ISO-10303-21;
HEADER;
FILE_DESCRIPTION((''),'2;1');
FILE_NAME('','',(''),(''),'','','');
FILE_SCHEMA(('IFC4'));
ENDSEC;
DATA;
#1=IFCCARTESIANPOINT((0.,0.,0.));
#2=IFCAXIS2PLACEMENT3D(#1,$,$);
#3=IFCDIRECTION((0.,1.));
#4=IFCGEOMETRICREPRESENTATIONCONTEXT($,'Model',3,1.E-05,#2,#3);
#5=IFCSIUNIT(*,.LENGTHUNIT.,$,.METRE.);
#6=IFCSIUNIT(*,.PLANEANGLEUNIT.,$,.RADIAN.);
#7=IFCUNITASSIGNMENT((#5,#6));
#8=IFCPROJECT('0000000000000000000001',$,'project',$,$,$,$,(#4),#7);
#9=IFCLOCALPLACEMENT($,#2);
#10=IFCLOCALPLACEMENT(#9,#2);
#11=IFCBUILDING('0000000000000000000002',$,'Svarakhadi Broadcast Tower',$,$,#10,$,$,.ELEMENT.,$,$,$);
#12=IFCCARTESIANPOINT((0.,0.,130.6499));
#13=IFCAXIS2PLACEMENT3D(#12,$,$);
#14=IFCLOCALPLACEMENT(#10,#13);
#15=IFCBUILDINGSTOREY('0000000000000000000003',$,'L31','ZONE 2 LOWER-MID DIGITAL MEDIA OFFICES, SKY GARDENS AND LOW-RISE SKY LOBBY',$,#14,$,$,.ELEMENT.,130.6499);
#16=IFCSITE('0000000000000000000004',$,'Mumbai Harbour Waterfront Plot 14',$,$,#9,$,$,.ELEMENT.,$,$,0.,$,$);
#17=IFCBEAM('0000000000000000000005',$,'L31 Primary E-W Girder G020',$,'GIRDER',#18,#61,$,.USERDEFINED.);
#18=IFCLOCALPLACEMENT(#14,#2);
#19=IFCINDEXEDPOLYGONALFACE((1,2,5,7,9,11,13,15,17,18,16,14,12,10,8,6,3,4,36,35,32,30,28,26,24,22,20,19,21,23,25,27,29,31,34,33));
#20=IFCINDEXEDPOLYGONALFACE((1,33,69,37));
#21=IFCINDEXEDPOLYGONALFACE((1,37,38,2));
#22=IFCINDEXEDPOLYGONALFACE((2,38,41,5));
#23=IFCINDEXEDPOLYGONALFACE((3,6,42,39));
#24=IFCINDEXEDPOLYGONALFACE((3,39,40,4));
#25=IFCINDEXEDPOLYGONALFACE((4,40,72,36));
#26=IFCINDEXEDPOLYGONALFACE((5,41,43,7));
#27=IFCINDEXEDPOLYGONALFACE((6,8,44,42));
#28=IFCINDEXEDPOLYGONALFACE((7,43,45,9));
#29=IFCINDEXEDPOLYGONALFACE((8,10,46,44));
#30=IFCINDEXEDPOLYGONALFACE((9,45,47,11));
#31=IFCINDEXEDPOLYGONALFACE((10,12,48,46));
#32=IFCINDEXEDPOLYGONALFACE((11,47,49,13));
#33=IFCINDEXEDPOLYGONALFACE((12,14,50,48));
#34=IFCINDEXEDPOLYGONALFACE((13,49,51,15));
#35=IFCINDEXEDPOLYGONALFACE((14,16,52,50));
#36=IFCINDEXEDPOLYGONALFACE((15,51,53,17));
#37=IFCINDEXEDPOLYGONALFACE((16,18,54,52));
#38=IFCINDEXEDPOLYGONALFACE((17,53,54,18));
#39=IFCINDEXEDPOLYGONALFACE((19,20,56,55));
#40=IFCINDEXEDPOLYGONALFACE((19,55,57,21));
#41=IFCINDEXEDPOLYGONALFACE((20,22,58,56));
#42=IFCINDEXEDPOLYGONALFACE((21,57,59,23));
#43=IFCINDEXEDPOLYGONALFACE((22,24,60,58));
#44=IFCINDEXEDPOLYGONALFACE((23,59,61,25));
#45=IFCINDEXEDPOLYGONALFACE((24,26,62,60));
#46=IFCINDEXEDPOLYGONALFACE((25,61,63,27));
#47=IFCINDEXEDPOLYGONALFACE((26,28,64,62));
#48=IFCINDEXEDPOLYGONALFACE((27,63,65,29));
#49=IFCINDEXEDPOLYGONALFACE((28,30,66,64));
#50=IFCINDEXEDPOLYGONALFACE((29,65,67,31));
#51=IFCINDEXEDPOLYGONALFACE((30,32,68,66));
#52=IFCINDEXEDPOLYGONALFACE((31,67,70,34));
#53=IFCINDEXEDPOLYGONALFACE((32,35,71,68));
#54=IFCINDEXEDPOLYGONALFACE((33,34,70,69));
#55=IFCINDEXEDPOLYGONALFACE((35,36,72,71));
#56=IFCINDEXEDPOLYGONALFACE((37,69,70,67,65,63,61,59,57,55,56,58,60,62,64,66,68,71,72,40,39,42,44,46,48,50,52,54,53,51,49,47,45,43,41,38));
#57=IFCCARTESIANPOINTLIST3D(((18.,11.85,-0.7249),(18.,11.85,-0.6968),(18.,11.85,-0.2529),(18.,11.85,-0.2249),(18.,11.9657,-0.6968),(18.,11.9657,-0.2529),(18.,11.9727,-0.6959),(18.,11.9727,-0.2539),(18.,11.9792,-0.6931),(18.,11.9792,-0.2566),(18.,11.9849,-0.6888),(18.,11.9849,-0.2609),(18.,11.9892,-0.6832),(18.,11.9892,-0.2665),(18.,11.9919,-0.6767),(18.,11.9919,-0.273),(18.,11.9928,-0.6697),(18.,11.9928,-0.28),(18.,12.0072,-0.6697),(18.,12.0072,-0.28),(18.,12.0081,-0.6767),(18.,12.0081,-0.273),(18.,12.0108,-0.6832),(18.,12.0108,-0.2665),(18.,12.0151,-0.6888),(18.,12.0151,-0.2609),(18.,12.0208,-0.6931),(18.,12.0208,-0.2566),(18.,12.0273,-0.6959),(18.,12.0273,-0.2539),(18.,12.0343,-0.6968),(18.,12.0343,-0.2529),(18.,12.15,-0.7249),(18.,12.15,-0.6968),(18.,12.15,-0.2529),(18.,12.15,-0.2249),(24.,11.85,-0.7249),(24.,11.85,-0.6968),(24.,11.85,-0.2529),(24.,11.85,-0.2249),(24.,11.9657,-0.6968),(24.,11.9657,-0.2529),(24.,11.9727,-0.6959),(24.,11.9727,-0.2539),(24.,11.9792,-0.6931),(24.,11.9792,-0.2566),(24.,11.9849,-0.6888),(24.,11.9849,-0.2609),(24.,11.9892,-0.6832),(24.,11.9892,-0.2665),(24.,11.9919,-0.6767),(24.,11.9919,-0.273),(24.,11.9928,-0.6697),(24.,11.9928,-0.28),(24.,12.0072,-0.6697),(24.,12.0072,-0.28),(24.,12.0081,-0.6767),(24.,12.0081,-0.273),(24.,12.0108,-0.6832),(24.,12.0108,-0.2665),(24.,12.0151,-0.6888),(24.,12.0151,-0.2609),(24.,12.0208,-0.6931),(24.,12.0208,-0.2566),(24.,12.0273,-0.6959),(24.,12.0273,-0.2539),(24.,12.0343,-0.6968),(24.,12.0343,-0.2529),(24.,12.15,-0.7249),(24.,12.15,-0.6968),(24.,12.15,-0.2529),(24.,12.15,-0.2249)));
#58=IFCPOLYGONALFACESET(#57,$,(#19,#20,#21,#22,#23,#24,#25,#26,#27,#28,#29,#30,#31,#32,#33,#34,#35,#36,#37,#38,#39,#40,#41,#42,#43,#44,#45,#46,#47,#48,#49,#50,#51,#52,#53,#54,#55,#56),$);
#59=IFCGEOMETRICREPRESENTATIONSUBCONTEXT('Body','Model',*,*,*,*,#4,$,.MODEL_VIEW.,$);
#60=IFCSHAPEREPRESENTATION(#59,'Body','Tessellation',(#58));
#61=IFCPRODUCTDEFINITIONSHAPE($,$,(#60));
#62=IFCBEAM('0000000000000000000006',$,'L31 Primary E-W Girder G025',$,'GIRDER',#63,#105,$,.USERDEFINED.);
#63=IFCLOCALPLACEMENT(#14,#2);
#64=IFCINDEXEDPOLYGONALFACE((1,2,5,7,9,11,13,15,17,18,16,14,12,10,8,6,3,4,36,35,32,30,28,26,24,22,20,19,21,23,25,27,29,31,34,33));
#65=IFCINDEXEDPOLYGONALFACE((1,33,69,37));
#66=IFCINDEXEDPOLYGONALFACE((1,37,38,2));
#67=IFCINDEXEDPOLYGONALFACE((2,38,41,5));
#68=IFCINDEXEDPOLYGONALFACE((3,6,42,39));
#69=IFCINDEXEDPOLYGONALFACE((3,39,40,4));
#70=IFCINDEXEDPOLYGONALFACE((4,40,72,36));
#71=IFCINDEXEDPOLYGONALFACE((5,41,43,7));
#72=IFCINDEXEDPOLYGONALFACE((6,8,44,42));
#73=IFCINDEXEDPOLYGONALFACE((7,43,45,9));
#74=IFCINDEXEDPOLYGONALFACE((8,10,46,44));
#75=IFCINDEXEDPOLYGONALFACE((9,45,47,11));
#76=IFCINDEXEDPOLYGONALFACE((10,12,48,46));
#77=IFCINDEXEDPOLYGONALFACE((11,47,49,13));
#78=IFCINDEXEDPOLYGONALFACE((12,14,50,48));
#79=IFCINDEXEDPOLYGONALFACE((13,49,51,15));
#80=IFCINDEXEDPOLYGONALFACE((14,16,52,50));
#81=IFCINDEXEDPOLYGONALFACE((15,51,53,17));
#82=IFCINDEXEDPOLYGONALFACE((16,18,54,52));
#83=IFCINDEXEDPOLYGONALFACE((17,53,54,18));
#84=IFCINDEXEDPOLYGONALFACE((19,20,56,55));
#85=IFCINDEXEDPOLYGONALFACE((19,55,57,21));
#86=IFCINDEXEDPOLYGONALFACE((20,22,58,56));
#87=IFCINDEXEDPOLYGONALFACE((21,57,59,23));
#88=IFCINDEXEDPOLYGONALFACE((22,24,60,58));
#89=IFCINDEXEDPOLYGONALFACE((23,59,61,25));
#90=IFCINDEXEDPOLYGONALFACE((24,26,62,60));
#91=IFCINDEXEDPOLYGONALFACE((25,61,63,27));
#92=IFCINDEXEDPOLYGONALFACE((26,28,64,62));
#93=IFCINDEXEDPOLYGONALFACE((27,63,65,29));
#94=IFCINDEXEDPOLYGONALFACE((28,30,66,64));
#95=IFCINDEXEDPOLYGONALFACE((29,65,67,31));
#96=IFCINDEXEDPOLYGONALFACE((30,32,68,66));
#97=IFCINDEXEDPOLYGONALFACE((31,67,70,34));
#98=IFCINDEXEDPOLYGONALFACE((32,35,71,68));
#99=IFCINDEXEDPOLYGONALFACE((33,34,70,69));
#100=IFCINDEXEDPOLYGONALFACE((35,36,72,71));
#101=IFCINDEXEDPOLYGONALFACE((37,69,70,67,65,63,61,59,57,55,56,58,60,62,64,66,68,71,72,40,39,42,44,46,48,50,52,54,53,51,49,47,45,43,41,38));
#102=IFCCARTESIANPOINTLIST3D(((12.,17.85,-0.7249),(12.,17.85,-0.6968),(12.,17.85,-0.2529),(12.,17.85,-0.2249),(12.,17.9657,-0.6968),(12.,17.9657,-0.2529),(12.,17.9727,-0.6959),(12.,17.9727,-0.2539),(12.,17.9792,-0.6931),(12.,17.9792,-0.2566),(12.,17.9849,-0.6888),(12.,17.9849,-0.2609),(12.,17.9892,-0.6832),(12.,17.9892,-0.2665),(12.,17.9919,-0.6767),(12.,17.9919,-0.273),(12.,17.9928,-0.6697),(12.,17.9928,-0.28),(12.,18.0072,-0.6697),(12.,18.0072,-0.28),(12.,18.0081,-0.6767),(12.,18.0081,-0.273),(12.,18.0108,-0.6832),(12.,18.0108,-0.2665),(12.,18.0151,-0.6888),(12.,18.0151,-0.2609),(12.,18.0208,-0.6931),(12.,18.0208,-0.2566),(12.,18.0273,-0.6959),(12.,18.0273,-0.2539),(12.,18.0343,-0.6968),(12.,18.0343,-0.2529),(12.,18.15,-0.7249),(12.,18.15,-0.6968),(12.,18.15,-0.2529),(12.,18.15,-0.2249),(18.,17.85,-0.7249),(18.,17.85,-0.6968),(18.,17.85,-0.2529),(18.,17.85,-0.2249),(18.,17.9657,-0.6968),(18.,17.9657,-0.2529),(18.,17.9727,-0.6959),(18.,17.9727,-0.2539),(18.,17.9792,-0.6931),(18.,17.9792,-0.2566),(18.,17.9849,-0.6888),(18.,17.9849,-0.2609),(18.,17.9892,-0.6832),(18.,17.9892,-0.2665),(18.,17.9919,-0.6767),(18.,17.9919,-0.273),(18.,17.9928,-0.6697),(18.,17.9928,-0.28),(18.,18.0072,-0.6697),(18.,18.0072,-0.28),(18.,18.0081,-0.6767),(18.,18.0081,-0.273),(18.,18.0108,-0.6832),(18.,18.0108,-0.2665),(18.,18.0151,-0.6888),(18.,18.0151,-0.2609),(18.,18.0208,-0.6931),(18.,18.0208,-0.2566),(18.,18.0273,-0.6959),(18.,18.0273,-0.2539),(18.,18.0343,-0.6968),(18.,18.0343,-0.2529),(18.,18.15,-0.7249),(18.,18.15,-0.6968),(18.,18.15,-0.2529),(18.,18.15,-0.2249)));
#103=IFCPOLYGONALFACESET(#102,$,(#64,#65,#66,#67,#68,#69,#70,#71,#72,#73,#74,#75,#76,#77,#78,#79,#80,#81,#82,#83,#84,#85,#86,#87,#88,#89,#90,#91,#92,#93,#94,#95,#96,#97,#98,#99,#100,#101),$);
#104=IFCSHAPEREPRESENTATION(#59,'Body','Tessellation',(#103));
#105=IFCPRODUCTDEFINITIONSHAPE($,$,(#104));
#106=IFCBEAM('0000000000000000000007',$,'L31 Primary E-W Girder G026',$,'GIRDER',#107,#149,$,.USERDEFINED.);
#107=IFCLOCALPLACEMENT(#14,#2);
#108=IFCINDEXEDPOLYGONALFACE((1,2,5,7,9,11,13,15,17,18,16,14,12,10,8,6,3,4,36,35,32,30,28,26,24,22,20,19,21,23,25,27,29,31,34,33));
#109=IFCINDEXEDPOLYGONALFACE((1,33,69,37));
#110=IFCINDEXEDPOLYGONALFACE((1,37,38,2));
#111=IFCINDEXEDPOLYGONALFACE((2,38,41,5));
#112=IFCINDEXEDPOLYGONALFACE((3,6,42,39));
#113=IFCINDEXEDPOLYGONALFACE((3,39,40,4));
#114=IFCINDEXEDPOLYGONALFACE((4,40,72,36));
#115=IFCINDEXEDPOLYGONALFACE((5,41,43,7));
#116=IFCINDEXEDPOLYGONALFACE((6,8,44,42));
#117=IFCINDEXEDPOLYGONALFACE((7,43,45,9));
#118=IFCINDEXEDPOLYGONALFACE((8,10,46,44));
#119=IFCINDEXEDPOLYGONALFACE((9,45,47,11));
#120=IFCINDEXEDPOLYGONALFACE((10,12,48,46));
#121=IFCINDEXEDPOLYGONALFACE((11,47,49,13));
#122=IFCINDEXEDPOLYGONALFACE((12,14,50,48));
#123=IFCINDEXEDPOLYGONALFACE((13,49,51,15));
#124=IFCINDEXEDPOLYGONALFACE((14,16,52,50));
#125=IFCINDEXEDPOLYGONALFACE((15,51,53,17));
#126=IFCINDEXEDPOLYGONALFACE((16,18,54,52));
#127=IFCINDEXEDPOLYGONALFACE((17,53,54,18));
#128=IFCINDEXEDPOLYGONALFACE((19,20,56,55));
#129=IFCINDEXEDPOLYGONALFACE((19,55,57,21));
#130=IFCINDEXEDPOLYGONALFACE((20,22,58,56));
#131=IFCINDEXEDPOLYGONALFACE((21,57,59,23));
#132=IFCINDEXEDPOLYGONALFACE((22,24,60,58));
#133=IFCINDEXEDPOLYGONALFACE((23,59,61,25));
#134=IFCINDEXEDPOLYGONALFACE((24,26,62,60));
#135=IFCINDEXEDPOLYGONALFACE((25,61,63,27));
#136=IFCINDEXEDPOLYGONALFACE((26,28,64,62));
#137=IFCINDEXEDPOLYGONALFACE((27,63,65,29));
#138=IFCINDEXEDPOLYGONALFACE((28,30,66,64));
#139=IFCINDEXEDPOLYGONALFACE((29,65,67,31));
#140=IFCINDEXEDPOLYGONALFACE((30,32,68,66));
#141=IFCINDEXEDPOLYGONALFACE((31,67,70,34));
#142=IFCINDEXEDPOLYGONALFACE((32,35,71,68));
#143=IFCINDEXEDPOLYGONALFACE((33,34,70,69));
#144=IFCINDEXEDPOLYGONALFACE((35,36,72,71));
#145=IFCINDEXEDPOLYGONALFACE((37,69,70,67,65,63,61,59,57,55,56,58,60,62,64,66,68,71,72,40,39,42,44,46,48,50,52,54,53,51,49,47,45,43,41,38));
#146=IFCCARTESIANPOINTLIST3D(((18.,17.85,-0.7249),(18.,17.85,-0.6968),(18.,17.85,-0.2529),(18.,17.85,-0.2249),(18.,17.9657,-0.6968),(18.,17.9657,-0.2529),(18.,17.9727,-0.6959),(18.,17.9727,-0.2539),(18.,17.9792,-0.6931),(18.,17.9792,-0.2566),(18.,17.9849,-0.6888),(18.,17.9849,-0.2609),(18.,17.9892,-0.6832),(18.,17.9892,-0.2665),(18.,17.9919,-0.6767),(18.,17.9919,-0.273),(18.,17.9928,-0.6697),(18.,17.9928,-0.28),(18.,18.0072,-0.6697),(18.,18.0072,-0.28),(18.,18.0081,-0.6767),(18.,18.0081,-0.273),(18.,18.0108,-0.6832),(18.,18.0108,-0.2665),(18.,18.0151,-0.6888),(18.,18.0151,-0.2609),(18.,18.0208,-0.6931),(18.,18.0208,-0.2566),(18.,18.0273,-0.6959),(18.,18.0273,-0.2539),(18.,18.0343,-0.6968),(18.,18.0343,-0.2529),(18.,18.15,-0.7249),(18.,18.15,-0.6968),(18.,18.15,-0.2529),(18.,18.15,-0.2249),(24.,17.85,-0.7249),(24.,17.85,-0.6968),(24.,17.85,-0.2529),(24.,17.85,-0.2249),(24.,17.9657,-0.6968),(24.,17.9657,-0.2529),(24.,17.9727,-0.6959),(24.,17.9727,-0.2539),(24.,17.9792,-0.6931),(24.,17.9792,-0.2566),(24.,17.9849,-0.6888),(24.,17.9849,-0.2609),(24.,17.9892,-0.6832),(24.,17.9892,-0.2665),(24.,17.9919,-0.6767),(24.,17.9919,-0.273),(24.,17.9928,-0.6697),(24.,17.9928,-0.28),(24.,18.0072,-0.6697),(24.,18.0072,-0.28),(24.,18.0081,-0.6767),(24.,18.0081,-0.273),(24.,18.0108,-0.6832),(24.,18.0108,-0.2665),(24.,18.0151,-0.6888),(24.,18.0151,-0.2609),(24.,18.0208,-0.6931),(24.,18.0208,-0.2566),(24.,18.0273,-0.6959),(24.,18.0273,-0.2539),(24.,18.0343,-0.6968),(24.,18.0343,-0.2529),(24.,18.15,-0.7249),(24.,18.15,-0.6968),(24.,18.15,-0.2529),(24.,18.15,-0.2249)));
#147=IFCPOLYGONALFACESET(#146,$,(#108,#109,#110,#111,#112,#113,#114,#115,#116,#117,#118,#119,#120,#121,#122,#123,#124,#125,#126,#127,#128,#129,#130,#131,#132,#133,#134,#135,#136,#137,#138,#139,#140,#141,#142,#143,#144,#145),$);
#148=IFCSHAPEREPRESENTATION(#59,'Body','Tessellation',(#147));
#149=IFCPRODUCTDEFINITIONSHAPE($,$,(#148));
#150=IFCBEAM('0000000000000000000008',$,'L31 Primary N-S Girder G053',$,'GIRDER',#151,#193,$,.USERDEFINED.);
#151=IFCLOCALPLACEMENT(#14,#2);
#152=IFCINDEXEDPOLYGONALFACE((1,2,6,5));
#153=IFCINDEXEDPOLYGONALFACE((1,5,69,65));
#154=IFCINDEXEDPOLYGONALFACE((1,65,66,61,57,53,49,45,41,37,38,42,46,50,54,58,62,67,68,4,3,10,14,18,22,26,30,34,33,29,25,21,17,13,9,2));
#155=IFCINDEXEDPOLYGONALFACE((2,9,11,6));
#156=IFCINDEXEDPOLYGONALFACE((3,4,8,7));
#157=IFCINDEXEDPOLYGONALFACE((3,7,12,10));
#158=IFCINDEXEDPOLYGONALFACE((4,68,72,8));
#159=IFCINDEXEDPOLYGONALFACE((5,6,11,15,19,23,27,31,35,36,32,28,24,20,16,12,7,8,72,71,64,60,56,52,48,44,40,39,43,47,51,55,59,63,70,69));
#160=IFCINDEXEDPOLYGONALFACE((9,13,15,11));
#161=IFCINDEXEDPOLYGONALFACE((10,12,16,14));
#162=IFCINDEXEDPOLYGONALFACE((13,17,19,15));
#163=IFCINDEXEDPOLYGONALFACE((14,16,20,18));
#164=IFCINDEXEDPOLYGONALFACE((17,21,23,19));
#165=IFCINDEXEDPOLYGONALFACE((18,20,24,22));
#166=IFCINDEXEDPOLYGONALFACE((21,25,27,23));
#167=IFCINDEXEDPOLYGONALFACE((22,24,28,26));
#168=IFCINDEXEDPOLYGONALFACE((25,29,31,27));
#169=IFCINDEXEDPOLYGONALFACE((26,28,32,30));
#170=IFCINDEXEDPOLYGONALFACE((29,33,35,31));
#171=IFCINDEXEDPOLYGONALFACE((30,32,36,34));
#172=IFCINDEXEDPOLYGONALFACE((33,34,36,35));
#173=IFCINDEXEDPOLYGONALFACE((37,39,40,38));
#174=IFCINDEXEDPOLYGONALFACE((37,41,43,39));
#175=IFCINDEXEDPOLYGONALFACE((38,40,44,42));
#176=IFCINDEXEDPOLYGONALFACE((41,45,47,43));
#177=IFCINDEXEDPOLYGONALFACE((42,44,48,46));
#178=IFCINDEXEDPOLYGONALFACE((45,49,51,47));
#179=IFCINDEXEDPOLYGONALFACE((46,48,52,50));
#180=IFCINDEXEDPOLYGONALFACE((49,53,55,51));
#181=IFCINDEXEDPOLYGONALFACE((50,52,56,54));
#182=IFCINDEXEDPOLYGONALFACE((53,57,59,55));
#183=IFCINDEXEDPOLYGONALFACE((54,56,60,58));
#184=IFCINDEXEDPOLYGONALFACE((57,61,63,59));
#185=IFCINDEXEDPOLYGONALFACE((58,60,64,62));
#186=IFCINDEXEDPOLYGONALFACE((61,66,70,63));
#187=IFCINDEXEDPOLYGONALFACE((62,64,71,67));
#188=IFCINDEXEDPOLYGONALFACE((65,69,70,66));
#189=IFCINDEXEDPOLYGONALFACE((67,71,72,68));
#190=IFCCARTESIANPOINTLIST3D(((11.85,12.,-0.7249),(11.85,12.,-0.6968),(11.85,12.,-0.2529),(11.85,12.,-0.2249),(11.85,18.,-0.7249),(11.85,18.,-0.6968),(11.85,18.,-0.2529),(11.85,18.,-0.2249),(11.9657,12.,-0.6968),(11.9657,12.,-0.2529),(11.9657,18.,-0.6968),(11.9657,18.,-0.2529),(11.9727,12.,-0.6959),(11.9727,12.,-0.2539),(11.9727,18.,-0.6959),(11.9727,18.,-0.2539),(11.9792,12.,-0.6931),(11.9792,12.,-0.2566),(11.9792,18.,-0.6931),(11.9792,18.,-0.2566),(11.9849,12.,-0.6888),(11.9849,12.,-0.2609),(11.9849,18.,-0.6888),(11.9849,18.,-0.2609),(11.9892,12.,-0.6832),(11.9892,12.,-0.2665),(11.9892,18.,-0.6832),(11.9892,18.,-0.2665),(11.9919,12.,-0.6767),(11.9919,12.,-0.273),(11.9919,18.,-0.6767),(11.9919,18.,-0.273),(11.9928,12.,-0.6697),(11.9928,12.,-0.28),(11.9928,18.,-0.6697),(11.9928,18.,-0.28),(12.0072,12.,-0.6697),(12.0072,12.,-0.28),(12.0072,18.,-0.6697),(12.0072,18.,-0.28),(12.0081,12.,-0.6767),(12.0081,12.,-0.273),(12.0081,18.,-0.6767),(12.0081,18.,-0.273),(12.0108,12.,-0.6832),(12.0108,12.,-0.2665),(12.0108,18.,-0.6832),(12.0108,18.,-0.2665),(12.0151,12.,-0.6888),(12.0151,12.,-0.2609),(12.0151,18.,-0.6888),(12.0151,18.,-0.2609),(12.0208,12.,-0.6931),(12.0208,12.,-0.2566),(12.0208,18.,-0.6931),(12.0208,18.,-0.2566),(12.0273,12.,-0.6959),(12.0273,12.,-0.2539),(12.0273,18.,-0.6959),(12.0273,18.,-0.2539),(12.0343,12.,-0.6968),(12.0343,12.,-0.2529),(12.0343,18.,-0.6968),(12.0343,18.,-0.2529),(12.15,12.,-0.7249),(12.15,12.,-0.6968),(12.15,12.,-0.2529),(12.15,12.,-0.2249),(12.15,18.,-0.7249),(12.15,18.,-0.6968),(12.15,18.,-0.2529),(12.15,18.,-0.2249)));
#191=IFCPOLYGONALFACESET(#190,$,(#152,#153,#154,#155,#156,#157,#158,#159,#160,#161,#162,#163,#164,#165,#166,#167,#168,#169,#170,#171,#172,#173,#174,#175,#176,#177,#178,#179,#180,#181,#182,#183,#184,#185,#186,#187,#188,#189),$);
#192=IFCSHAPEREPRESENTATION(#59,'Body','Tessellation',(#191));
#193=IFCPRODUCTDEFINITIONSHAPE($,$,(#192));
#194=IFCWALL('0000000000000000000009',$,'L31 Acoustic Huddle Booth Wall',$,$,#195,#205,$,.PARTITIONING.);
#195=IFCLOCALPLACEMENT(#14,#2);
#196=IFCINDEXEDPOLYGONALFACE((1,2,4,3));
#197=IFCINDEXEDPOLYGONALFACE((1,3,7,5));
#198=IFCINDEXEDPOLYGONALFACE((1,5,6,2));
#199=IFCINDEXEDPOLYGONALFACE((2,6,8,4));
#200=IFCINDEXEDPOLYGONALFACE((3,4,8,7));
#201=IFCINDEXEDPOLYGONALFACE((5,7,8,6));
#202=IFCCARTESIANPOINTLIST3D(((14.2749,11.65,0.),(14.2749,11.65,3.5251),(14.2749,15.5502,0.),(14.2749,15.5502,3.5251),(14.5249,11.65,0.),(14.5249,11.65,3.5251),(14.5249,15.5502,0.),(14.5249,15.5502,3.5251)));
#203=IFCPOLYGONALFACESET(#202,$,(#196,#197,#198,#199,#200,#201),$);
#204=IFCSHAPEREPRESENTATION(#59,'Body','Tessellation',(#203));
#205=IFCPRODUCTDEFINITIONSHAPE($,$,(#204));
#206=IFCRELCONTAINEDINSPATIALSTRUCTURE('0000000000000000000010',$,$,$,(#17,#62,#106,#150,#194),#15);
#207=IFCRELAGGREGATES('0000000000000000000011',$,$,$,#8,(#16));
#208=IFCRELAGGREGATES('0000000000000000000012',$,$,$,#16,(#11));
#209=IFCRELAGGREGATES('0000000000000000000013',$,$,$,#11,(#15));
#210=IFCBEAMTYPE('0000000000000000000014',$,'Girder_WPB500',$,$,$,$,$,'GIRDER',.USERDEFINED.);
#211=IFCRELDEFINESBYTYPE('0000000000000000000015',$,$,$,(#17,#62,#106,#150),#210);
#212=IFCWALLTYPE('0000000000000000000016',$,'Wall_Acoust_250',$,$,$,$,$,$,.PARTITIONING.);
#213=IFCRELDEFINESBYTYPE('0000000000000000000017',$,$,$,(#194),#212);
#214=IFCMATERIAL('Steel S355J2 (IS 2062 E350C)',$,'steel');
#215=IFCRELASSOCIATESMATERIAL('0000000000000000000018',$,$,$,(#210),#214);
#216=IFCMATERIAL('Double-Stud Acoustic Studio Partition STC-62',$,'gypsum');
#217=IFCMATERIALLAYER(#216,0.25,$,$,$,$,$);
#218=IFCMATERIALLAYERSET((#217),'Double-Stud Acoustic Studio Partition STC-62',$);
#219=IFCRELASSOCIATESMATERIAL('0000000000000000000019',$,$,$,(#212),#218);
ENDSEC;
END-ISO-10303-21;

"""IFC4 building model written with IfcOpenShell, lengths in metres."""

from ifc_helpers import new_model, si_unit, direction, frame, frame_2d, origin, origin_2d, place, context, subcontext, project, spatial, rectangle, i_section, extrude, material, layer, layer_set, material_profile, profile_set, type_object, element, save


model = new_model("IFC4")

# Units and contexts
model_context = context("Model", 3, precision=1e-05, world=origin(), true_north=direction((0.0, 1.0)))
body_context = subcontext(model_context, "Body", "Model", "MODEL_VIEW")
ifc_project = project(units=[si_unit("LENGTHUNIT", "METRE"), si_unit("PLANEANGLEUNIT", "RADIAN")], contexts=[model_context])

# Site, building, storey
site_placement = place(None, origin())
site = spatial("IfcSite", under=ifc_project, at=site_placement, Name="Mumbai Harbour Waterfront Plot 14", CompositionType="ELEMENT", RefElevation=0.0)
building_placement = place(site_placement, origin())
building = spatial("IfcBuilding", under=site, at=building_placement, Name="Svarakhadi Broadcast Tower", CompositionType="ELEMENT")
storey_placement = place(building_placement, frame((0.0, 0.0, 130.6499)))
storey = spatial("IfcBuildingStorey", under=building, at=storey_placement, Name="L31", Description="ZONE 2 LOWER-MID DIGITAL MEDIA OFFICES, SKY GARDENS AND LOW-RISE SKY LOBBY", CompositionType="ELEMENT", Elevation=130.6499)

# Beams
ifc_material_1 = material(Name="Steel S355J2 (IS 2062 E350C)", Category="steel")
ifc_material_profile_1 = material_profile(ifc_material_1, i_section(OverallWidth=0.3, OverallDepth=0.5, WebThickness=0.0144, FlangeThickness=0.0281, FilletRadius=0.0271, at=origin_2d()), Name="WPB 500x300x187")
ifc_profile_set_1 = profile_set([ifc_material_profile_1], Name="Steel S355J2 (IS 2062 E350C)")
beam_type_1 = type_object("IfcBeamType", Name="Girder_WPB500", ElementType="GIRDER", PredefinedType="USERDEFINED", material=ifc_profile_set_1)
for number, where, z_axis, x_axis, name in (
    (1, (18.0, 12.0, -0.4749), (1.0, 0.0, 0.0), (0.0, 1.0, 0.0), "L31 Primary E-W Girder G020"),
    (2, (12.0, 18.0, -0.4749), (1.0, 0.0, 0.0), (0.0, 1.0, 0.0), "L31 Primary E-W Girder G025"),
    (3, (18.0, 18.0, -0.4749), (1.0, 0.0, 0.0), (0.0, 1.0, 0.0), "L31 Primary E-W Girder G026"),
    (4, (12.0, 12.0, -0.4749), (0.0, 1.0, 0.0), (-1.0, 0.0, 0.0), "L31 Primary N-S Girder G053"),
):
    element("IfcBeam", number, at=place(storey_placement, frame(where, z_axis=z_axis, x_axis=x_axis)), inside=storey, type_object=beam_type_1, Name=name, ObjectType="GIRDER", PredefinedType="USERDEFINED", context=body_context, shape_type="SweptSolid", body=[
        extrude(i_section(OverallWidth=0.3, OverallDepth=0.5, WebThickness=0.0144, FlangeThickness=0.0281, FilletRadius=0.0271, at=origin_2d()), origin(), (0.0, 0.0, 1.0), 6.0),
    ])

# Wall
ifc_material_2 = material(Name="Double-Stud Acoustic Studio Partition STC-62", Category="gypsum")
ifc_layer_1 = layer(ifc_material_2, 0.25)
ifc_layer_set_1 = layer_set([ifc_layer_1], Name="Double-Stud Acoustic Studio Partition STC-62")
wall_type_1 = type_object("IfcWallType", Name="Wall_Acoust_250", PredefinedType="PARTITIONING", material=ifc_layer_set_1)
wall_1_placement = place(storey_placement, frame((14.3999, 11.6499, 0.0), z_axis=(0.0, 0.0, 1.0), x_axis=(0.0, 1.0, 0.0)))
element("IfcWall", 5, at=wall_1_placement, inside=storey, type_object=wall_type_1, Name="L31 Acoustic Huddle Booth Wall", PredefinedType="PARTITIONING", context=body_context, shape_type="SweptSolid", body=[
    extrude(rectangle(XDim=3.9001, YDim=0.25, at=frame_2d((1.9502, 0.0))), origin(), (0.0, 0.0, 1.0), 3.5251),
])

save(model, "model.ifc")
